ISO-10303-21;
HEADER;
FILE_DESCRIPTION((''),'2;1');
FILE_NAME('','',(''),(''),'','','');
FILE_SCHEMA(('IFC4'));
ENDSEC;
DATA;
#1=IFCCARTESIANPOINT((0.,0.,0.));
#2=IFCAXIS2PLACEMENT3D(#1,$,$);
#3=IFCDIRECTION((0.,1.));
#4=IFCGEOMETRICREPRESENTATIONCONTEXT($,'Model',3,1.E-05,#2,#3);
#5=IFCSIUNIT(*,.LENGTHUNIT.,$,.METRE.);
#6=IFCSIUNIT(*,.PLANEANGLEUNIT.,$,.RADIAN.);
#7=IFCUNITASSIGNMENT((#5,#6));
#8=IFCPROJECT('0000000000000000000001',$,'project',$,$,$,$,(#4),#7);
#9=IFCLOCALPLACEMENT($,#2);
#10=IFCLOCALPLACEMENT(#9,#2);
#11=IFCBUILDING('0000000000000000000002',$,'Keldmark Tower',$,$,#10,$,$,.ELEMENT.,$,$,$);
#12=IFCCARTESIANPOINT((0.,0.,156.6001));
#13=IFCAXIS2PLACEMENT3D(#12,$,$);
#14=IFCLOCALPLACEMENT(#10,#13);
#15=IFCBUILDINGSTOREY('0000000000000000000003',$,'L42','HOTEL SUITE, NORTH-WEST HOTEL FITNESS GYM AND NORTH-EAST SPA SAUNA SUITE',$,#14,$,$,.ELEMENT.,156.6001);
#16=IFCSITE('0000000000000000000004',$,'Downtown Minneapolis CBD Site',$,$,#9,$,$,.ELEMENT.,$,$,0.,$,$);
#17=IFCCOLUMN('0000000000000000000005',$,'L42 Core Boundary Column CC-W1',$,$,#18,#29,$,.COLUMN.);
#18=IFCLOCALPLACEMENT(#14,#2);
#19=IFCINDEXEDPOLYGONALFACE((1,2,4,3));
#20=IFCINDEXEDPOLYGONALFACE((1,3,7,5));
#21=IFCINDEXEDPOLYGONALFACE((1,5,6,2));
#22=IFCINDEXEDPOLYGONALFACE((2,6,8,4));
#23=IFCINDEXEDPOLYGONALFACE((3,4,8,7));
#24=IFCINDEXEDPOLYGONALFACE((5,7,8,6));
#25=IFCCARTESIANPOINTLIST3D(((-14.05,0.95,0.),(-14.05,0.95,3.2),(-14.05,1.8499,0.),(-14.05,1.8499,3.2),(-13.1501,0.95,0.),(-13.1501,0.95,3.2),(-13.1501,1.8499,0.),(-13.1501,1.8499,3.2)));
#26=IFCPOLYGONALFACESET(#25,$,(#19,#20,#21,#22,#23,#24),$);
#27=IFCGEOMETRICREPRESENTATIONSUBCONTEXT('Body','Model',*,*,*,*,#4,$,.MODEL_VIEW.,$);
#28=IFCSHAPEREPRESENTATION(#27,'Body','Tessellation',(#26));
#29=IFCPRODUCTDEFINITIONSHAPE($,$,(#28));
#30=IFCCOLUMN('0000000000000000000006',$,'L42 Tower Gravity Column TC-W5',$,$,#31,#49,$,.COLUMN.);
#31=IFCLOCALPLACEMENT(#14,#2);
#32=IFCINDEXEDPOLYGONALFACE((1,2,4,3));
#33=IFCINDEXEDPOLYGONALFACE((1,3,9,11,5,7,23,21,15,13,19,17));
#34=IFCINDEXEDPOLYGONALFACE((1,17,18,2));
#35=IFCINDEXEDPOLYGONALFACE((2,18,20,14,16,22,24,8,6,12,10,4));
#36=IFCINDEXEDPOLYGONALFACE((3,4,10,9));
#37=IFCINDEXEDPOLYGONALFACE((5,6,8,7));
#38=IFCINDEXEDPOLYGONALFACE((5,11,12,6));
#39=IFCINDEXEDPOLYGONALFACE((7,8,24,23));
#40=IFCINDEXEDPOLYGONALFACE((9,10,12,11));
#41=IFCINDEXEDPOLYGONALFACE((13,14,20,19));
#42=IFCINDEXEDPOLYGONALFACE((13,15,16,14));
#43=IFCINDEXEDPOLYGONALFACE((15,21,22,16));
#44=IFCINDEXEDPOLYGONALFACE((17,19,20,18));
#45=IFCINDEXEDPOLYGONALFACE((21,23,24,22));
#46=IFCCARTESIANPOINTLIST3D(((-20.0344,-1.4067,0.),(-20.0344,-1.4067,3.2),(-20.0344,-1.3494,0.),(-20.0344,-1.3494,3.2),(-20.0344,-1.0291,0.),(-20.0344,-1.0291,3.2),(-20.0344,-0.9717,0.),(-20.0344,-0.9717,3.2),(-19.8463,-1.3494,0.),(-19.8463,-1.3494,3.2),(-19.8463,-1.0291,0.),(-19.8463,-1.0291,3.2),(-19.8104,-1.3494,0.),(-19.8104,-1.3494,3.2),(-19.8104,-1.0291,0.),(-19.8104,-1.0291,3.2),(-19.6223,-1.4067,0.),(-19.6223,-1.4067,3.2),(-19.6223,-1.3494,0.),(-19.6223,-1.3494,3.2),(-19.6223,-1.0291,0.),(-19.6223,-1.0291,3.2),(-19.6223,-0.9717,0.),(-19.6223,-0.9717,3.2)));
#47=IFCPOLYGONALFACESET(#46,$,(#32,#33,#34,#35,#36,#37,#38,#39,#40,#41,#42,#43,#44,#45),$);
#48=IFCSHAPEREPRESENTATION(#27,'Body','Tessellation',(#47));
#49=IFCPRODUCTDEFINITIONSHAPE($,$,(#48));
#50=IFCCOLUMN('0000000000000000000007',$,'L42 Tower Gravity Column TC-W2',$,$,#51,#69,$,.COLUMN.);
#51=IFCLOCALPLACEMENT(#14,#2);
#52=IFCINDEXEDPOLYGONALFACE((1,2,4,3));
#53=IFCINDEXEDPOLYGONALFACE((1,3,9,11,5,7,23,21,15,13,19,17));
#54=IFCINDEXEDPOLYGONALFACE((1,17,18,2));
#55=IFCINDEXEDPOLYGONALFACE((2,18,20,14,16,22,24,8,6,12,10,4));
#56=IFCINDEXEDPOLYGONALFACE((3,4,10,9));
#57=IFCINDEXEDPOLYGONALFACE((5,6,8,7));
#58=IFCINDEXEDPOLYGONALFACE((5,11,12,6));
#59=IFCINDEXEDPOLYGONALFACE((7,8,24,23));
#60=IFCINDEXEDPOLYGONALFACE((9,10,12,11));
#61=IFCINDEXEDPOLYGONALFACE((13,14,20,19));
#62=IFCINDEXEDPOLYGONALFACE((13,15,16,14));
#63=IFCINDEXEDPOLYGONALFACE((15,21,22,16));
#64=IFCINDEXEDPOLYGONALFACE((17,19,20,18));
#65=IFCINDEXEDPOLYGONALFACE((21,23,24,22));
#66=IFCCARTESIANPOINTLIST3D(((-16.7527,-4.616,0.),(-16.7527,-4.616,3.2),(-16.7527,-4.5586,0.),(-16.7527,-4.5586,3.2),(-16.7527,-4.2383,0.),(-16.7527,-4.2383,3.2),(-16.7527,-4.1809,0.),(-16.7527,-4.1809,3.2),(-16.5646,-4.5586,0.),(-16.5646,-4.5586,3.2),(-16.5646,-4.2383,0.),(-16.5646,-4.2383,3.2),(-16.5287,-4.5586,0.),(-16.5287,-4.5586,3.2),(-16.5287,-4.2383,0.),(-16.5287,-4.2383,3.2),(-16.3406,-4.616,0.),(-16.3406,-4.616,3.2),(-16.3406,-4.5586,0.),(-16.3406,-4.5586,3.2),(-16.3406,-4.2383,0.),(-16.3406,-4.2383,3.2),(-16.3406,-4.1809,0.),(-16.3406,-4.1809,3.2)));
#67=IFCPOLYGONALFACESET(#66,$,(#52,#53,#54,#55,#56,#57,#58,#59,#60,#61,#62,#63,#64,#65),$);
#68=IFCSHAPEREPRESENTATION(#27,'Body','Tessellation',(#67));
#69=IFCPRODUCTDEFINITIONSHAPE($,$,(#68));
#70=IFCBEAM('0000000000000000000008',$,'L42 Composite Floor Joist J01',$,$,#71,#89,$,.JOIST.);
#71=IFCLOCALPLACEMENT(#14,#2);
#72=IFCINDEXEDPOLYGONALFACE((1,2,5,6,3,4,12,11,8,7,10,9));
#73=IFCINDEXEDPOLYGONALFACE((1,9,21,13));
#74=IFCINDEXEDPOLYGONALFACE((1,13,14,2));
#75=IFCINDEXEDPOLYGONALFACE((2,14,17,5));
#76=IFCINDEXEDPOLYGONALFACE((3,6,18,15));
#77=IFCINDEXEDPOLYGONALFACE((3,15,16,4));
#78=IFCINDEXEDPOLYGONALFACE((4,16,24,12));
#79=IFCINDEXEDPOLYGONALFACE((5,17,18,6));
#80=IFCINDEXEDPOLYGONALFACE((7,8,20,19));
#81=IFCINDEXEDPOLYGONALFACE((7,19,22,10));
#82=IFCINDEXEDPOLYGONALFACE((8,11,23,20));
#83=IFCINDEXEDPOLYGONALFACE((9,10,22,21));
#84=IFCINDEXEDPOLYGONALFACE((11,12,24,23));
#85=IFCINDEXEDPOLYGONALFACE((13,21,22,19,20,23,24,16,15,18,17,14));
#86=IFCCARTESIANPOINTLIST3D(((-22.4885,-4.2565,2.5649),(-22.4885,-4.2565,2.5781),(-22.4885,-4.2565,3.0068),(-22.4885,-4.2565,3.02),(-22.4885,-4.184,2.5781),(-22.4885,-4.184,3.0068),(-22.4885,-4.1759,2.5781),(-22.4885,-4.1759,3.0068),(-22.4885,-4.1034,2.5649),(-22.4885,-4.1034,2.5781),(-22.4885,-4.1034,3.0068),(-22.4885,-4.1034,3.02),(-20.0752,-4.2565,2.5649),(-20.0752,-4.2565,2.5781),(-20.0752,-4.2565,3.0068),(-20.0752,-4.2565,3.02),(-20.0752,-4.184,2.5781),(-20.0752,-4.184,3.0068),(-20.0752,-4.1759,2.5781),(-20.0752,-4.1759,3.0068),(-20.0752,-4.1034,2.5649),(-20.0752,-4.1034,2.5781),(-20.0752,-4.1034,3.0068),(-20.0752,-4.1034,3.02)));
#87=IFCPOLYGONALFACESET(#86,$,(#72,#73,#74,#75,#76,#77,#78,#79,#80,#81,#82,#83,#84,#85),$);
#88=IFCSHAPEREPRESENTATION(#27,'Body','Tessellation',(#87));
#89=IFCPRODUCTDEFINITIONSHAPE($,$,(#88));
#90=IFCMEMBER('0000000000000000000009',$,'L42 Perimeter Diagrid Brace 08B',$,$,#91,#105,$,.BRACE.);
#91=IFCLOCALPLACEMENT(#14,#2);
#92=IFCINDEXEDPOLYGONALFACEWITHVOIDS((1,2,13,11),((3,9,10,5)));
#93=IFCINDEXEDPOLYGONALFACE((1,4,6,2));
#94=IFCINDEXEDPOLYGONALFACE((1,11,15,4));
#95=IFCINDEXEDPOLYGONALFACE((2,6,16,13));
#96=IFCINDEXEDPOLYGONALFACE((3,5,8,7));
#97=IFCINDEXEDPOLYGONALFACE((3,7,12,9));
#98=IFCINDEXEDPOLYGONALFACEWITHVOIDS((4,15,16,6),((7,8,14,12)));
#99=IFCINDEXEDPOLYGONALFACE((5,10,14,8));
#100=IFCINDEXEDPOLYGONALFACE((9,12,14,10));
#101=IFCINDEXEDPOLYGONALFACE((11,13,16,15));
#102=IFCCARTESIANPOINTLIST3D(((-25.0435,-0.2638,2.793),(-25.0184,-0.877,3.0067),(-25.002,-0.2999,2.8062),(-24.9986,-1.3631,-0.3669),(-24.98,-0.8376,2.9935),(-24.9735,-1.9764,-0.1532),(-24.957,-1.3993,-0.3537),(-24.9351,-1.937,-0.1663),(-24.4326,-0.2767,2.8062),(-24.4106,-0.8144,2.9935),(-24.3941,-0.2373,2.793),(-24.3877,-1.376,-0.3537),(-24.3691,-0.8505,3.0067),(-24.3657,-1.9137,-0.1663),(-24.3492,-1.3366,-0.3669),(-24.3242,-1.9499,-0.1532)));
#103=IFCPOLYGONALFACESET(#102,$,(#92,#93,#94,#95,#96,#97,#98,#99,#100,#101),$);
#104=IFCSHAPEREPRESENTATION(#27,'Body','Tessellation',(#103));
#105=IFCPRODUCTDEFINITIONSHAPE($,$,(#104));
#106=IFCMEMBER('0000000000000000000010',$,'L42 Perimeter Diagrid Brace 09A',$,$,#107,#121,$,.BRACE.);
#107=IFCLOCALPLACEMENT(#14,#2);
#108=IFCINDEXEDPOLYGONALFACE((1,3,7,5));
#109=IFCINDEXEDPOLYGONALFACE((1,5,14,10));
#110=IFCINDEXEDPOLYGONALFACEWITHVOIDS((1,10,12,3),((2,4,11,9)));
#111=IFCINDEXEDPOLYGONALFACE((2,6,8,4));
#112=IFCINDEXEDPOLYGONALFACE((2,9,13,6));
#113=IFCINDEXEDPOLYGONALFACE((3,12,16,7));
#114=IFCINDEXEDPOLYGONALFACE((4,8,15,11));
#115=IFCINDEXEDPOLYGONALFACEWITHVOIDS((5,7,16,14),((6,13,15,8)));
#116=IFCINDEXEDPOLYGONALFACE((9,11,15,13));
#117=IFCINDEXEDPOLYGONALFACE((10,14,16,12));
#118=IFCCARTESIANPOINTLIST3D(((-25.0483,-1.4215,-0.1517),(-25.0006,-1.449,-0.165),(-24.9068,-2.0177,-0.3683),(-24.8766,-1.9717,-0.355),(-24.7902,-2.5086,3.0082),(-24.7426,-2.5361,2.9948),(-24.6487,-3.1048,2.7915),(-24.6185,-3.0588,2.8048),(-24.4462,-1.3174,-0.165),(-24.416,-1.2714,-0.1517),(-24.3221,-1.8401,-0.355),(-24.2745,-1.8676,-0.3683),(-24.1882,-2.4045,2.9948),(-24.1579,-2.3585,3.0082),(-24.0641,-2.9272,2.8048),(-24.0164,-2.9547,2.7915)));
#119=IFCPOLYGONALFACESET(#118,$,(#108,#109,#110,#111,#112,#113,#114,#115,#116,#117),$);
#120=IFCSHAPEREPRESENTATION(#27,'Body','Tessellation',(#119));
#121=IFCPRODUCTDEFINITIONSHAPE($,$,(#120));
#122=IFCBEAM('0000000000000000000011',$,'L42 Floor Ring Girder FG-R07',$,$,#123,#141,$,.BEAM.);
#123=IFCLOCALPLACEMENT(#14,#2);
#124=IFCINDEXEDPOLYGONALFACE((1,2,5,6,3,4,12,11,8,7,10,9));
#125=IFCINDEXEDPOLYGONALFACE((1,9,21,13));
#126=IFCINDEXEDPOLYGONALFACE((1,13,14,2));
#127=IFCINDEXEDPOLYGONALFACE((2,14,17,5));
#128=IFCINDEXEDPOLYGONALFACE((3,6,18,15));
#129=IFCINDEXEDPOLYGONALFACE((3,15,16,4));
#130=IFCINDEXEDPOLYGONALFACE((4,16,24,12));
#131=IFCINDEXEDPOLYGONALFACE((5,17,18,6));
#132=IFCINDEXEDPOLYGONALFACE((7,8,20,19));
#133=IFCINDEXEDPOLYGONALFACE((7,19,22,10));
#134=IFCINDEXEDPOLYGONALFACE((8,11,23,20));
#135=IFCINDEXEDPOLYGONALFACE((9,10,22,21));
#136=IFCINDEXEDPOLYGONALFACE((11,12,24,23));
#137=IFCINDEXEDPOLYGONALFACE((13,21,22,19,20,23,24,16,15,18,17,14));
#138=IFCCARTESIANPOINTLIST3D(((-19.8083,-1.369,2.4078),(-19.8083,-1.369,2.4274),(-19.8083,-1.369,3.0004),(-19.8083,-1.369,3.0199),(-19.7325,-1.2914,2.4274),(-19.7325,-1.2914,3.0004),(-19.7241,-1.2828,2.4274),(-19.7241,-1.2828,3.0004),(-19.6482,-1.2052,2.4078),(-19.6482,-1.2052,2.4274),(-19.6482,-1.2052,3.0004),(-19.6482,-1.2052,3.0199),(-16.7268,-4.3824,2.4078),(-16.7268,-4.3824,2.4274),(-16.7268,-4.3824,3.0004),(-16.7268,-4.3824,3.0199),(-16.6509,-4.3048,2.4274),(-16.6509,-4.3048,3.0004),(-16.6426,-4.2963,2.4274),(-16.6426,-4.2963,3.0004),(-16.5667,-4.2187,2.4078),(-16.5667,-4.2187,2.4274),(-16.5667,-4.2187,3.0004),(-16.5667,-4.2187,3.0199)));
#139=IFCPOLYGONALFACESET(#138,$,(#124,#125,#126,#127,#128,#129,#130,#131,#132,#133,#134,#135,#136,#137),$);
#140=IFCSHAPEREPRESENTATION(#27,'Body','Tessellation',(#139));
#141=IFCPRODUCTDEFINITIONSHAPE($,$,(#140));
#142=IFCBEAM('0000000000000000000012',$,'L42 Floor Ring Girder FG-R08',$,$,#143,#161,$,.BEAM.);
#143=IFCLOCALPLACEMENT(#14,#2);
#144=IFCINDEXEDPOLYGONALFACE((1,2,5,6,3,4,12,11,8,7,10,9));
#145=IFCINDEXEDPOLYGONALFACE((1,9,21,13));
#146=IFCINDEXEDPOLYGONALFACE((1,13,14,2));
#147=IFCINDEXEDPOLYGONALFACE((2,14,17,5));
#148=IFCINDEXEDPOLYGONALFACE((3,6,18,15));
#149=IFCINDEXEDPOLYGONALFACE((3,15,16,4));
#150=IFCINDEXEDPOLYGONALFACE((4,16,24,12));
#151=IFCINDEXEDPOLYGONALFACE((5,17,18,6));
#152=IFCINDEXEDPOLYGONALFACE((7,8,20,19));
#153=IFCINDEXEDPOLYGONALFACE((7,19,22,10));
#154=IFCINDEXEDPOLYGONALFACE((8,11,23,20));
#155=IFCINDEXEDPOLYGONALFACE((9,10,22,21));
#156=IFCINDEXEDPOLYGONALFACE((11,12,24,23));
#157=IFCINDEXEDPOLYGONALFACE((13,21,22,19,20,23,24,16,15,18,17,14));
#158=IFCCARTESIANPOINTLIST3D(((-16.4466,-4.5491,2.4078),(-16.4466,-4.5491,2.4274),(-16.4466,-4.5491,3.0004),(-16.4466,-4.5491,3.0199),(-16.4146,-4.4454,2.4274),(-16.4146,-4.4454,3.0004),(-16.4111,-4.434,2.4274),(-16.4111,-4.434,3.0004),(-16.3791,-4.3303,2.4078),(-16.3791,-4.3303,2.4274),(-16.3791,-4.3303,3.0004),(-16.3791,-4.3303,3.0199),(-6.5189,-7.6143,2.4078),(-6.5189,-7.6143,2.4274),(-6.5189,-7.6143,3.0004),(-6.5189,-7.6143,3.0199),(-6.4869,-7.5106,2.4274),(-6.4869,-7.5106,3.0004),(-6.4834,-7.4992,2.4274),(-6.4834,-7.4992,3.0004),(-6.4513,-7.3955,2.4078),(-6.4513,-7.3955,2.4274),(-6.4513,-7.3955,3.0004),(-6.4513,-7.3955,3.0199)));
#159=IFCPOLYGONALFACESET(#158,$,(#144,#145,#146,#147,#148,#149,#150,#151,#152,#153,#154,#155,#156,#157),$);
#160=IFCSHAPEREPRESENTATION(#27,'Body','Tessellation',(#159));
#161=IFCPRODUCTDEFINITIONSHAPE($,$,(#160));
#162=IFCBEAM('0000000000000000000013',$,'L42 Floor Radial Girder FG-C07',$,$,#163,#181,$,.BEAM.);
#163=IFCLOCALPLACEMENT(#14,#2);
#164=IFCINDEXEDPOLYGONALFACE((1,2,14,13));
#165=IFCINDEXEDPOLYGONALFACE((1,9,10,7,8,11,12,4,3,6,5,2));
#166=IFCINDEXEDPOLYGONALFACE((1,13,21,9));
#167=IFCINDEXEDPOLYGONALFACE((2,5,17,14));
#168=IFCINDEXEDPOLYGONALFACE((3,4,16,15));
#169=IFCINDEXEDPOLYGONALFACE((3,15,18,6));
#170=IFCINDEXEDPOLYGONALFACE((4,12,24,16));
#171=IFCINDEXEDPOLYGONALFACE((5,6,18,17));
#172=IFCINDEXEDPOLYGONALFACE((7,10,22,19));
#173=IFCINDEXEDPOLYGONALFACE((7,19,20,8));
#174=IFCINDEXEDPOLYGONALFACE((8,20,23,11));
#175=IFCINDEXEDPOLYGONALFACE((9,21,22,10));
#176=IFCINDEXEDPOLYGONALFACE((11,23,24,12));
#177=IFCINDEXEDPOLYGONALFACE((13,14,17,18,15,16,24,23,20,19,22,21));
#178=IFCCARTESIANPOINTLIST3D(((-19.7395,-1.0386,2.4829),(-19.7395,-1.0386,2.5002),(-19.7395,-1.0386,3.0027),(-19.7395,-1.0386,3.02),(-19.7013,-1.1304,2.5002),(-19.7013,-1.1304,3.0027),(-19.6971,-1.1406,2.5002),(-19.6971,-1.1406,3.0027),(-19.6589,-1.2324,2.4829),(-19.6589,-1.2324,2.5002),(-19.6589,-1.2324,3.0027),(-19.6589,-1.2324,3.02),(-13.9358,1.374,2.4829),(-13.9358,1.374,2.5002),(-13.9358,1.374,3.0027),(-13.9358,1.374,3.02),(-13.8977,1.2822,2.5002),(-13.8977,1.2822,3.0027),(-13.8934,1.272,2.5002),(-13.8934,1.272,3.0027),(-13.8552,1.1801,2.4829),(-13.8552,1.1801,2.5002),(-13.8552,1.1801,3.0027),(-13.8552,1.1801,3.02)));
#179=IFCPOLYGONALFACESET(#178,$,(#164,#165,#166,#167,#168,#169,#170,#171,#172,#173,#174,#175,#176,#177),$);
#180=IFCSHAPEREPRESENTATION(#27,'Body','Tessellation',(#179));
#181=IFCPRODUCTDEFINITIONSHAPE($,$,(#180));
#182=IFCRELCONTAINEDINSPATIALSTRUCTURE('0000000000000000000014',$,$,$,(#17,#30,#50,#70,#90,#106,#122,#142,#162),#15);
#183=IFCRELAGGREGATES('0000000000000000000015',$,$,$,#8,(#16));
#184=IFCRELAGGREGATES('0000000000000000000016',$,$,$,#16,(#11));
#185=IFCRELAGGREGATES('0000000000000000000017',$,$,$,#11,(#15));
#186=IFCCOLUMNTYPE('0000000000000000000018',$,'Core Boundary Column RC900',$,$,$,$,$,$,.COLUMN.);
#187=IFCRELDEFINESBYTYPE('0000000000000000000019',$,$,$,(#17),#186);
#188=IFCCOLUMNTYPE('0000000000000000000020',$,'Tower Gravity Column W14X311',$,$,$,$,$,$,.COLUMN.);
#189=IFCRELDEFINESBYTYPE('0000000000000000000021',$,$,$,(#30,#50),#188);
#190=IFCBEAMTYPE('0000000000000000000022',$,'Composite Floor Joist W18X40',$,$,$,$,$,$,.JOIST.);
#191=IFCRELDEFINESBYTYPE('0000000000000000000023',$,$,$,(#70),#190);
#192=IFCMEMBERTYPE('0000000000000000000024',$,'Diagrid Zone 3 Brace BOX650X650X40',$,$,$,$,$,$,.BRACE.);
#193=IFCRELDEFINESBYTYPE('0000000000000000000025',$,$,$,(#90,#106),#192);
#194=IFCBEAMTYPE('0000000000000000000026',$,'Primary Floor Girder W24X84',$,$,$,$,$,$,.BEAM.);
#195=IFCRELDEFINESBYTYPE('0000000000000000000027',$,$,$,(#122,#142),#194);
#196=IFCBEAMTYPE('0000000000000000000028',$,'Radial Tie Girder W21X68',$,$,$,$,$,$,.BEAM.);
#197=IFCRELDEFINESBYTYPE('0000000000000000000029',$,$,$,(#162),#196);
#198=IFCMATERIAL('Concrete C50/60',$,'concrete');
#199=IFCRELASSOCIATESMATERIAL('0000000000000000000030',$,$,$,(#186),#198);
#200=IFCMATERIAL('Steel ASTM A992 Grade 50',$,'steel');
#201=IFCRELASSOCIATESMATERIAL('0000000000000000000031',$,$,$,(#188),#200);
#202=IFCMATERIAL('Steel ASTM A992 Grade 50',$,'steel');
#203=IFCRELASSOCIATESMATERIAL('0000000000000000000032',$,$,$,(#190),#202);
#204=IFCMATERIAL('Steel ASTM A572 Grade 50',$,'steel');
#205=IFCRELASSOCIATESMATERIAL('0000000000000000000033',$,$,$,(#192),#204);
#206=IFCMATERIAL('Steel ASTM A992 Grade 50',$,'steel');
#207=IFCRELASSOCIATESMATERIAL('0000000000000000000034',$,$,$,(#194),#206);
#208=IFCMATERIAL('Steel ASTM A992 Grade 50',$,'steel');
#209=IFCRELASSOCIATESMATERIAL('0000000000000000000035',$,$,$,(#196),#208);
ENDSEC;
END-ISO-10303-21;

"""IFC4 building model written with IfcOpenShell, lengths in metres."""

from ifc_helpers import new_model, si_unit, direction, frame, origin, origin_2d, place, context, subcontext, project, spatial, rectangle, hollow_rectangle, i_section, extrude, material, material_profile, profile_set, type_object, element, save


model = new_model("IFC4")

# Units and contexts
model_context = context("Model", 3, precision=1e-05, world=origin(), true_north=direction((0.0, 1.0)))
body_context = subcontext(model_context, "Body", "Model", "MODEL_VIEW")
ifc_project = project(units=[si_unit("LENGTHUNIT", "METRE"), si_unit("PLANEANGLEUNIT", "RADIAN")], contexts=[model_context])

# Site, building, storey
site_placement = place(None, origin())
site = spatial("IfcSite", under=ifc_project, at=site_placement, Name="Downtown Minneapolis CBD Site", CompositionType="ELEMENT", RefElevation=0.0)
building_placement = place(site_placement, origin())
building = spatial("IfcBuilding", under=site, at=building_placement, Name="Keldmark Tower", CompositionType="ELEMENT")
storey_placement = place(building_placement, frame((0.0, 0.0, 156.6001)))
storey = spatial("IfcBuildingStorey", under=building, at=storey_placement, Name="L42", Description="HOTEL SUITE, NORTH-WEST HOTEL FITNESS GYM AND NORTH-EAST SPA SAUNA SUITE", CompositionType="ELEMENT", Elevation=156.6001)

# Columns
ifc_material_1 = material(Name="Concrete C50/60", Category="concrete")
ifc_material_profile_1 = material_profile(ifc_material_1, rectangle(XDim=0.8999, YDim=0.8999, at=origin_2d()), Name="RC900X900")
ifc_profile_set_1 = profile_set([ifc_material_profile_1], Name="Concrete C50/60")
column_type_1 = type_object("IfcColumnType", Name="Core Boundary Column RC900", PredefinedType="COLUMN", material=ifc_profile_set_1)
column_placement = place(storey_placement, frame((-13.6001, 1.3999, 0.0), z_axis=(0.0, 0.0, 1.0), x_axis=(1.0, 0.0, 0.0)))
element("IfcColumn", 1, at=column_placement, inside=storey, type_object=column_type_1, Name="L42 Core Boundary Column CC-W1", PredefinedType="COLUMN", context=body_context, shape_type="SweptSolid", body=[
    extrude(rectangle(XDim=0.8999, YDim=0.8999, at=origin_2d()), origin(), (0.0, 0.0, 1.0), 3.2),
])
ifc_material_2 = material(Name="Steel ASTM A992 Grade 50", Category="steel")
ifc_material_profile_2 = material_profile(ifc_material_2, i_section(OverallWidth=0.4121, OverallDepth=0.4351, WebThickness=0.0359, FlangeThickness=0.0574, at=origin_2d()), Name="W14X311")
ifc_profile_set_2 = profile_set([ifc_material_profile_2], Name="Steel ASTM A992 Grade 50")
column_type_2 = type_object("IfcColumnType", Name="Tower Gravity Column W14X311", PredefinedType="COLUMN", material=ifc_profile_set_2)
for number, where, z_axis, x_axis, name in (
    (2, (-19.8284, -1.1892, 0.0), (0.0, 0.0, 1.0), (1.0, 0.0, 0.0), "L42 Tower Gravity Column TC-W5"),
    (3, (-16.5466, -4.3984, 0.0), (0.0, 0.0, 1.0), (1.0, 0.0, 0.0), "L42 Tower Gravity Column TC-W2"),
):
    element("IfcColumn", number, at=place(storey_placement, frame(where, z_axis=z_axis, x_axis=x_axis)), inside=storey, type_object=column_type_2, Name=name, PredefinedType="COLUMN", context=body_context, shape_type="SweptSolid", body=[
        extrude(i_section(OverallWidth=0.4121, OverallDepth=0.4351, WebThickness=0.0359, FlangeThickness=0.0574, at=origin_2d()), origin(), (0.0, 0.0, 1.0), 3.2),
    ])

# Beam
ifc_material_3 = material(Name="Steel ASTM A992 Grade 50", Category="steel")
ifc_material_profile_3 = material_profile(ifc_material_3, i_section(OverallWidth=0.1531, OverallDepth=0.4551, WebThickness=0.0081, FlangeThickness=0.0132, at=origin_2d()), Name="W18X40")
ifc_profile_set_3 = profile_set([ifc_material_profile_3], Name="Steel ASTM A992 Grade 50")
beam_type_1 = type_object("IfcBeamType", Name="Composite Floor Joist W18X40", PredefinedType="JOIST", material=ifc_profile_set_3)
beam_1_placement = place(storey_placement, frame((-22.4885, -4.1799, 2.7925), z_axis=(1.0, 0.0, 0.0), x_axis=(0.0, 1.0, 0.0)))
element("IfcBeam", 4, at=beam_1_placement, inside=storey, type_object=beam_type_1, Name="L42 Composite Floor Joist J01", PredefinedType="JOIST", context=body_context, shape_type="SweptSolid", body=[
    extrude(i_section(OverallWidth=0.1531, OverallDepth=0.4551, WebThickness=0.0081, FlangeThickness=0.0132, at=origin_2d()), origin(), (0.0, 0.0, 1.0), 2.4133),
])

# Members
ifc_material_4 = material(Name="Steel ASTM A572 Grade 50", Category="steel")
ifc_material_profile_4 = material_profile(ifc_material_4, hollow_rectangle(XDim=0.6499, YDim=0.6499, WallThickness=0.04, at=origin_2d()), Name="BOX650X650X40")
ifc_profile_set_4 = profile_set([ifc_material_profile_4], Name="Steel ASTM A572 Grade 50")
member_type = type_object("IfcMemberType", Name="Diagrid Zone 3 Brace BOX650X650X40", PredefinedType="BRACE", material=ifc_profile_set_4)
member_1_placement = place(storey_placement, frame((-24.6614, -1.6565, -0.26), z_axis=(-0.013426, 0.328562, 0.944387), x_axis=(-0.999166, -0.040828, 0.0)))
element("IfcMember", 5, at=member_1_placement, inside=storey, type_object=member_type, Name="L42 Perimeter Diagrid Brace 08B", PredefinedType="BRACE", context=body_context, shape_type="SweptSolid", body=[
    extrude(hollow_rectangle(XDim=0.6499, YDim=0.6499, WallThickness=0.04, at=origin_2d()), origin(), (0.0, 0.0, 1.0), 3.3459),
])
member_2_placement = place(storey_placement, frame((-24.6614, -1.6445, -0.26), z_axis=(0.076994, -0.324365, 0.942793), x_axis=(0.972965, 0.230951, 0.0)))
element("IfcMember", 6, at=member_2_placement, inside=storey, type_object=member_type, Name="L42 Perimeter Diagrid Brace 09A", PredefinedType="BRACE", context=body_context, shape_type="SweptSolid", body=[
    extrude(hollow_rectangle(XDim=0.6499, YDim=0.6499, WallThickness=0.04, at=origin_2d()), origin(), (0.0, 0.0, 1.0), 3.3516),
])

# Beams
ifc_material_5 = material(Name="Steel ASTM A992 Grade 50", Category="steel")
ifc_material_profile_5 = material_profile(ifc_material_5, i_section(OverallWidth=0.229, OverallDepth=0.6121, WebThickness=0.012, FlangeThickness=0.0195, at=origin_2d()), Name="W24X84")
ifc_profile_set_5 = profile_set([ifc_material_profile_5], Name="Steel ASTM A992 Grade 50")
beam_type_2 = type_object("IfcBeamType", Name="Primary Floor Girder W24X84", PredefinedType="BEAM", material=ifc_profile_set_5)
beam_2_placement = place(storey_placement, frame((-19.7283, -1.2871, 2.7139), z_axis=(0.714965, -0.699161, 0.0), x_axis=(0.699161, 0.714965, 0.0)))
element("IfcBeam", 7, at=beam_2_placement, inside=storey, type_object=beam_type_2, Name="L42 Floor Ring Girder FG-R07", PredefinedType="BEAM", context=body_context, shape_type="SweptSolid", body=[
    extrude(i_section(OverallWidth=0.229, OverallDepth=0.6121, WebThickness=0.012, FlangeThickness=0.0195, at=origin_2d()), origin(), (0.0, 0.0, 1.0), 4.3101),
])
beam_3_placement = place(storey_placement, frame((-16.4128, -4.4397, 2.7139), z_axis=(0.955495, -0.295009, 0.0), x_axis=(0.295009, 0.955495, 0.0)))
element("IfcBeam", 8, at=beam_3_placement, inside=storey, type_object=beam_type_2, Name="L42 Floor Ring Girder FG-R08", PredefinedType="BEAM", context=body_context, shape_type="SweptSolid", body=[
    extrude(i_section(OverallWidth=0.229, OverallDepth=0.6121, WebThickness=0.012, FlangeThickness=0.0195, at=origin_2d()), origin(), (0.0, 0.0, 1.0), 10.3901),
])
ifc_material_6 = material(Name="Steel ASTM A992 Grade 50", Category="steel")
ifc_material_profile_6 = material_profile(ifc_material_6, i_section(OverallWidth=0.21, OverallDepth=0.5371, WebThickness=0.011, FlangeThickness=0.0173, at=origin_2d()), Name="W21X68")
ifc_profile_set_6 = profile_set([ifc_material_profile_6], Name="Steel ASTM A992 Grade 50")
beam_type_3 = type_object("IfcBeamType", Name="Radial Tie Girder W21X68", PredefinedType="BEAM", material=ifc_profile_set_6)
beam_4_placement = place(storey_placement, frame((-19.6992, -1.1355, 2.7515), z_axis=(0.923394, 0.383854, 0.0), x_axis=(-0.383854, 0.923394, 0.0)))
element("IfcBeam", 9, at=beam_4_placement, inside=storey, type_object=beam_type_3, Name="L42 Floor Radial Girder FG-C07", PredefinedType="BEAM", context=body_context, shape_type="SweptSolid", body=[
    extrude(i_section(OverallWidth=0.21, OverallDepth=0.5371, WebThickness=0.011, FlangeThickness=0.0173, at=origin_2d()), origin(), (0.0, 0.0, 1.0), 6.2852),
])

save(model, "model.ifc")
